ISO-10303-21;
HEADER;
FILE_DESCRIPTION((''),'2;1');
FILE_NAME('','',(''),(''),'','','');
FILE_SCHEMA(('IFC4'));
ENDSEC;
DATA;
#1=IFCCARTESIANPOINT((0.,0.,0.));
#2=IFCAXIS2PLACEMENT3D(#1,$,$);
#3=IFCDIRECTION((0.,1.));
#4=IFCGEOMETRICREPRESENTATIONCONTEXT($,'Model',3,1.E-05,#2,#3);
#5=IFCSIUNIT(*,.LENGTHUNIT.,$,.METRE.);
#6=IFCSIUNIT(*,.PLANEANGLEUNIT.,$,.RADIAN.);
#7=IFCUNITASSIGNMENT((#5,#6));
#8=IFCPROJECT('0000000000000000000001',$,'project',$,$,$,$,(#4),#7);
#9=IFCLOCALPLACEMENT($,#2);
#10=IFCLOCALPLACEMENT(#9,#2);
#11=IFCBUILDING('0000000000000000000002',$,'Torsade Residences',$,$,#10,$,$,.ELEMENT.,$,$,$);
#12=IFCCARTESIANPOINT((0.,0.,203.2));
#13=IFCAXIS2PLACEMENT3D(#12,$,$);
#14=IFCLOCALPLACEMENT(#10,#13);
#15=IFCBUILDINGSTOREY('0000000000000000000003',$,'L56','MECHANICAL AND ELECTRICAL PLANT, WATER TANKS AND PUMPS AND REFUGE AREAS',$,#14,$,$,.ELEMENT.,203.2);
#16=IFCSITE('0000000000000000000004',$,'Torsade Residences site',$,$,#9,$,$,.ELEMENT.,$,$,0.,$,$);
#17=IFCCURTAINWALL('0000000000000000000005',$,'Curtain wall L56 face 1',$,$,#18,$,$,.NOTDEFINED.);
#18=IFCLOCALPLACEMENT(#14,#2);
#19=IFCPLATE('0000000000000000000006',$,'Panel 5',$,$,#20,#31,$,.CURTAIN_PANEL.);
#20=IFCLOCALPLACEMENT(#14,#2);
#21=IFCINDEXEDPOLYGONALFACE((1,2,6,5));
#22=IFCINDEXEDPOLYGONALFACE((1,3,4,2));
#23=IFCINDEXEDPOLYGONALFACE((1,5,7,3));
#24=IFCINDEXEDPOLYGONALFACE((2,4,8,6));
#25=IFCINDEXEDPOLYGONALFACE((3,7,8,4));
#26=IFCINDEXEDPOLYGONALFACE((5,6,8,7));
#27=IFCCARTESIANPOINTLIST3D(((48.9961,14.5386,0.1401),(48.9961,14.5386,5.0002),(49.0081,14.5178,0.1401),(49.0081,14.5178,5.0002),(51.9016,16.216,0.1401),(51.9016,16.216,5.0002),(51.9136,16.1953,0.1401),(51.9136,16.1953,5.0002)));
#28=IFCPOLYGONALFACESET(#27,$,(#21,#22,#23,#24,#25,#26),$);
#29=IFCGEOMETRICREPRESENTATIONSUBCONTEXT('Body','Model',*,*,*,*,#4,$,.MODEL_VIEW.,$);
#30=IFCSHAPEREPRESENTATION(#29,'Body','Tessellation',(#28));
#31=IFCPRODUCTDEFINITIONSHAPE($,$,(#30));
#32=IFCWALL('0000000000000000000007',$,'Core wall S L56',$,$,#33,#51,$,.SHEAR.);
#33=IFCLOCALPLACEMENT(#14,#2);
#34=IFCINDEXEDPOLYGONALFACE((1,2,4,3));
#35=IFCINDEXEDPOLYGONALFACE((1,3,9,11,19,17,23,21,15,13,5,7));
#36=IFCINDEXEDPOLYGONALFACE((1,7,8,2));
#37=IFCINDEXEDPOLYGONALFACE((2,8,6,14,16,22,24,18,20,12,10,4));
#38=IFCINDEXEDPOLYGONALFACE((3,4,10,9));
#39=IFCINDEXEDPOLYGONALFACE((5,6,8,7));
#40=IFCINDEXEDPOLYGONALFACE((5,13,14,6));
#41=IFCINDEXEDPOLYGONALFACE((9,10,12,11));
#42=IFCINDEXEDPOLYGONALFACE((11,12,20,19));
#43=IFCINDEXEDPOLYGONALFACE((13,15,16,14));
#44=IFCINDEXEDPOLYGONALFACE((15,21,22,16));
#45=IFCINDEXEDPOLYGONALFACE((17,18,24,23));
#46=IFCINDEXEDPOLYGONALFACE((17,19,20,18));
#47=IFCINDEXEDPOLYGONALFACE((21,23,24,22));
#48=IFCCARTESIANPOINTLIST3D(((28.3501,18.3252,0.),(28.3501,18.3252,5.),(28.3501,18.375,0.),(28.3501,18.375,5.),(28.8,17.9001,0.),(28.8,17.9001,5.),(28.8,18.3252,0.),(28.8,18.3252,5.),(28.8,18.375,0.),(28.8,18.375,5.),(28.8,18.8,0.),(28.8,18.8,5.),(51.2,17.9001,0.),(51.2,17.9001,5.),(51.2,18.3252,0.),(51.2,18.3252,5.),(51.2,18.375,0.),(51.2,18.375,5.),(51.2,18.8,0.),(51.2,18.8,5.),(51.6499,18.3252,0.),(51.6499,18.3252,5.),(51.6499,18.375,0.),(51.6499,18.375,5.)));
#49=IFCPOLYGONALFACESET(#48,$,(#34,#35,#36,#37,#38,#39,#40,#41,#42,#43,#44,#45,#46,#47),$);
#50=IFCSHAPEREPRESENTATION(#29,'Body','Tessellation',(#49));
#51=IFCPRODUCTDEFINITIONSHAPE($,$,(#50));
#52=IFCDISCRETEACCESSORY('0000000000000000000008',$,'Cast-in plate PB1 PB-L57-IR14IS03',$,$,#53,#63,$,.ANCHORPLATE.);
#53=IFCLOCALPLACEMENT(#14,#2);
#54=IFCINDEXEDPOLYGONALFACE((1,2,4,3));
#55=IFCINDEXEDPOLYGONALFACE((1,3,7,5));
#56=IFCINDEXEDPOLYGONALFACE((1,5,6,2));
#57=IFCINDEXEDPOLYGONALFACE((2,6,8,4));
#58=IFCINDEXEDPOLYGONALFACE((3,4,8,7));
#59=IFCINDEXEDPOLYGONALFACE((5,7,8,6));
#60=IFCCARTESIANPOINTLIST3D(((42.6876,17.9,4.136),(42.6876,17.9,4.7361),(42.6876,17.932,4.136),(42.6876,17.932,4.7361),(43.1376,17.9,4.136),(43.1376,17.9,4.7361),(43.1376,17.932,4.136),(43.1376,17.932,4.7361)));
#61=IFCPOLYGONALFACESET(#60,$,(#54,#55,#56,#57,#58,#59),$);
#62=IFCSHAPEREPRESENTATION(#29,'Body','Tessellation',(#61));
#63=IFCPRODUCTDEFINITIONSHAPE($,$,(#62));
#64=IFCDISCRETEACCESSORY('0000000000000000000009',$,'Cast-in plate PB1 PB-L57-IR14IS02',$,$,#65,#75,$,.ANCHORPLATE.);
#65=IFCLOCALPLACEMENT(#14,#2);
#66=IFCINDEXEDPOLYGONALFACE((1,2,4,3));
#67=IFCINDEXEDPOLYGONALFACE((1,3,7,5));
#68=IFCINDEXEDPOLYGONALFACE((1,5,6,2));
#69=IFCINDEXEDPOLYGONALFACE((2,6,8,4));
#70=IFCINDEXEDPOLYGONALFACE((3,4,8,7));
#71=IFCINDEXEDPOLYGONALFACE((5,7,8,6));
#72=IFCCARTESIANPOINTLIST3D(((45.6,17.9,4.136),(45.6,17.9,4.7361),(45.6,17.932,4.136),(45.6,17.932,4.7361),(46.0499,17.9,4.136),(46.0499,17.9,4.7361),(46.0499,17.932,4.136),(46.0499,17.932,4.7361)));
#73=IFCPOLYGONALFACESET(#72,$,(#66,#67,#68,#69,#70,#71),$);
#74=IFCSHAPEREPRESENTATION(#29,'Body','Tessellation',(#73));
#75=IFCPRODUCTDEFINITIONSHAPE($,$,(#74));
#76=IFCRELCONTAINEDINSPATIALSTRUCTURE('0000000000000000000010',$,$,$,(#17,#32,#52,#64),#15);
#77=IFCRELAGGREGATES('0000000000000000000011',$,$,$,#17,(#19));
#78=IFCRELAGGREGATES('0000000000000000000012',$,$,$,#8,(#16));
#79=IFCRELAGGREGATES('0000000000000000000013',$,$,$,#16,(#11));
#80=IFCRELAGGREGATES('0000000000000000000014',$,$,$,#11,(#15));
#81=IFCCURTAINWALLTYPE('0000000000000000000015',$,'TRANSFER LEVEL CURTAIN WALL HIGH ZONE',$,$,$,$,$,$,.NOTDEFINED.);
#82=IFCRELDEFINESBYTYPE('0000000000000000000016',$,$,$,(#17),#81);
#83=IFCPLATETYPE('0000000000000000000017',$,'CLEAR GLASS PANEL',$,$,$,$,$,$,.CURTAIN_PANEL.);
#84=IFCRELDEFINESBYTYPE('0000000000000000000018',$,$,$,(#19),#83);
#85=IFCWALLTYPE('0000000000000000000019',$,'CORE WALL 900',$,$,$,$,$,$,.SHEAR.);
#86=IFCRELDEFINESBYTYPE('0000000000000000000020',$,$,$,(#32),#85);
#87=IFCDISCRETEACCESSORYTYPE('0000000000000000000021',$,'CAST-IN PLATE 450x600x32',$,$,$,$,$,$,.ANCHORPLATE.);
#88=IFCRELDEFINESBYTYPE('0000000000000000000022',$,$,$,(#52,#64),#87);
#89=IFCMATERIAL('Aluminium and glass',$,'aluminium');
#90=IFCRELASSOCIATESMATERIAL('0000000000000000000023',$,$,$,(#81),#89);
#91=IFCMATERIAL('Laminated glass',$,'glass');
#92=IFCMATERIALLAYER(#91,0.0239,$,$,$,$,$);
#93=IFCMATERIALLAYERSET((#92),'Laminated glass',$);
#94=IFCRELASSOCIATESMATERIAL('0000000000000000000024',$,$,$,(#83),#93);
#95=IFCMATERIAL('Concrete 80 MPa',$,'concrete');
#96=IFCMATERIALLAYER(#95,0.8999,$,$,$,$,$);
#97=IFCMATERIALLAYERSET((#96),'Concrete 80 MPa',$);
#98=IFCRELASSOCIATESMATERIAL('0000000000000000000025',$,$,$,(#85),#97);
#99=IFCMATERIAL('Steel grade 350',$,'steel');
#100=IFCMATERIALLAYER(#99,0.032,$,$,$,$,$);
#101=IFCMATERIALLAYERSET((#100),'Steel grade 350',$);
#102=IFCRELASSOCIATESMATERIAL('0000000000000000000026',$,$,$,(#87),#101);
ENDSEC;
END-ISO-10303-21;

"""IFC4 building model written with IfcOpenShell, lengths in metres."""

from ifc_helpers import new_model, si_unit, direction, frame, origin, origin_2d, place, context, subcontext, project, spatial, polyline, rectangle, outline, extrude, material, layer, layer_set, type_object, element, aggregate, save


model = new_model("IFC4")

# Units and contexts
model_context = context("Model", 3, precision=1e-05, world=origin(), true_north=direction((0.0, 1.0)))
body_context = subcontext(model_context, "Body", "Model", "MODEL_VIEW")
ifc_project = project(units=[si_unit("LENGTHUNIT", "METRE"), si_unit("PLANEANGLEUNIT", "RADIAN")], contexts=[model_context])

# Site, building, storey
site_placement = place(None, origin())
site = spatial("IfcSite", under=ifc_project, at=site_placement, Name="Torsade Residences site", CompositionType="ELEMENT", RefElevation=0.0)
building_placement = place(site_placement, origin())
building = spatial("IfcBuilding", under=site, at=building_placement, Name="Torsade Residences", CompositionType="ELEMENT")
storey_placement = place(building_placement, frame((0.0, 0.0, 203.2)))
storey = spatial("IfcBuildingStorey", under=building, at=storey_placement, Name="L56", Description="MECHANICAL AND ELECTRICAL PLANT, WATER TANKS AND PUMPS AND REFUGE AREAS", CompositionType="ELEMENT", Elevation=203.2)

# Curtain wall
ifc_material_1 = material(Name="Aluminium and glass", Category="aluminium")
curtain_wall_type = type_object("IfcCurtainWallType", Name="TRANSFER LEVEL CURTAIN WALL HIGH ZONE", PredefinedType="NOTDEFINED", material=ifc_material_1)
curtain_wall_placement = place(storey_placement, origin())
curtain_wall = element("IfcCurtainWall", 1, at=curtain_wall_placement, inside=storey, type_object=curtain_wall_type, Name="Curtain wall L56 face 1", PredefinedType="NOTDEFINED")

# Plate
ifc_material_2 = material(Name="Laminated glass", Category="glass")
ifc_layer_1 = layer(ifc_material_2, 0.0239)
ifc_layer_set_1 = layer_set([ifc_layer_1], Name="Laminated glass")
plate_type = type_object("IfcPlateType", Name="CLEAR GLASS PANEL", PredefinedType="CURTAIN_PANEL", material=ifc_layer_set_1)
plate_placement = place(storey_placement, frame((50.4548, 15.3669, 0.1401), z_axis=(0.0, 0.0, 1.0), x_axis=(0.866025, 0.5, 0.0)))
plate = element("IfcPlate", 2, at=plate_placement, type_object=plate_type, Name="Panel 5", PredefinedType="CURTAIN_PANEL", context=body_context, shape_type="SweptSolid", body=[
    extrude(rectangle(XDim=3.355, YDim=0.0239, at=origin_2d()), origin(), (0.0, 0.0, 1.0), 4.8601),
])
aggregate(curtain_wall, [plate])

# Wall
ifc_material_3 = material(Name="Concrete 80 MPa", Category="concrete")
ifc_layer_2 = layer(ifc_material_3, 0.8999)
ifc_layer_set_2 = layer_set([ifc_layer_2], Name="Concrete 80 MPa")
wall_type = type_object("IfcWallType", Name="CORE WALL 900", PredefinedType="SHEAR", material=ifc_layer_set_2)
wall_placement = place(storey_placement, frame((51.2, 18.3501, 0.0), z_axis=(0.0, 0.0, 1.0), x_axis=(-1.0, 0.0, 0.0)))
element("IfcWall", 3, at=wall_placement, inside=storey, type_object=wall_type, Name="Core wall S L56", PredefinedType="SHEAR", context=body_context, shape_type="SweptSolid", body=[
    extrude(outline(polyline([(0.0, -0.45), (22.3999, -0.45), (22.3999, -0.0249), (22.8499, -0.0249), (22.8499, 0.0249), (22.3999, 0.0249), (22.3999, 0.45), (0.0, 0.45), (0.0, 0.0249), (-0.45, 0.0249), (-0.45, -0.0249), (0.0, -0.0249), (0.0, -0.45)])), origin(), (0.0, 0.0, 1.0), 5.0),
])

# Discrete accessories
ifc_material_4 = material(Name="Steel grade 350", Category="steel")
ifc_layer_3 = layer(ifc_material_4, 0.032)
ifc_layer_set_3 = layer_set([ifc_layer_3], Name="Steel grade 350")
discrete_accessory_type = type_object("IfcDiscreteAccessoryType", Name="CAST-IN PLATE 450x600x32", PredefinedType="ANCHORPLATE", material=ifc_layer_set_3)
for number, where, z_axis, x_axis, name in (
    (4, (42.9126, 17.916, 4.136), (0.0, 0.0, 1.0), (1.0, 0.0, 0.0), "Cast-in plate PB1 PB-L57-IR14IS03"),
    (5, (45.825, 17.916, 4.136), (0.0, 0.0, 1.0), (1.0, 0.0, 0.0), "Cast-in plate PB1 PB-L57-IR14IS02"),
):
    element("IfcDiscreteAccessory", number, at=place(storey_placement, frame(where, z_axis=z_axis, x_axis=x_axis)), inside=storey, type_object=discrete_accessory_type, Name=name, PredefinedType="ANCHORPLATE", context=body_context, shape_type="SweptSolid", body=[
        extrude(rectangle(XDim=0.45, YDim=0.032, at=origin_2d()), origin(), (0.0, 0.0, 1.0), 0.6001),
    ])

save(model, "model.ifc")
